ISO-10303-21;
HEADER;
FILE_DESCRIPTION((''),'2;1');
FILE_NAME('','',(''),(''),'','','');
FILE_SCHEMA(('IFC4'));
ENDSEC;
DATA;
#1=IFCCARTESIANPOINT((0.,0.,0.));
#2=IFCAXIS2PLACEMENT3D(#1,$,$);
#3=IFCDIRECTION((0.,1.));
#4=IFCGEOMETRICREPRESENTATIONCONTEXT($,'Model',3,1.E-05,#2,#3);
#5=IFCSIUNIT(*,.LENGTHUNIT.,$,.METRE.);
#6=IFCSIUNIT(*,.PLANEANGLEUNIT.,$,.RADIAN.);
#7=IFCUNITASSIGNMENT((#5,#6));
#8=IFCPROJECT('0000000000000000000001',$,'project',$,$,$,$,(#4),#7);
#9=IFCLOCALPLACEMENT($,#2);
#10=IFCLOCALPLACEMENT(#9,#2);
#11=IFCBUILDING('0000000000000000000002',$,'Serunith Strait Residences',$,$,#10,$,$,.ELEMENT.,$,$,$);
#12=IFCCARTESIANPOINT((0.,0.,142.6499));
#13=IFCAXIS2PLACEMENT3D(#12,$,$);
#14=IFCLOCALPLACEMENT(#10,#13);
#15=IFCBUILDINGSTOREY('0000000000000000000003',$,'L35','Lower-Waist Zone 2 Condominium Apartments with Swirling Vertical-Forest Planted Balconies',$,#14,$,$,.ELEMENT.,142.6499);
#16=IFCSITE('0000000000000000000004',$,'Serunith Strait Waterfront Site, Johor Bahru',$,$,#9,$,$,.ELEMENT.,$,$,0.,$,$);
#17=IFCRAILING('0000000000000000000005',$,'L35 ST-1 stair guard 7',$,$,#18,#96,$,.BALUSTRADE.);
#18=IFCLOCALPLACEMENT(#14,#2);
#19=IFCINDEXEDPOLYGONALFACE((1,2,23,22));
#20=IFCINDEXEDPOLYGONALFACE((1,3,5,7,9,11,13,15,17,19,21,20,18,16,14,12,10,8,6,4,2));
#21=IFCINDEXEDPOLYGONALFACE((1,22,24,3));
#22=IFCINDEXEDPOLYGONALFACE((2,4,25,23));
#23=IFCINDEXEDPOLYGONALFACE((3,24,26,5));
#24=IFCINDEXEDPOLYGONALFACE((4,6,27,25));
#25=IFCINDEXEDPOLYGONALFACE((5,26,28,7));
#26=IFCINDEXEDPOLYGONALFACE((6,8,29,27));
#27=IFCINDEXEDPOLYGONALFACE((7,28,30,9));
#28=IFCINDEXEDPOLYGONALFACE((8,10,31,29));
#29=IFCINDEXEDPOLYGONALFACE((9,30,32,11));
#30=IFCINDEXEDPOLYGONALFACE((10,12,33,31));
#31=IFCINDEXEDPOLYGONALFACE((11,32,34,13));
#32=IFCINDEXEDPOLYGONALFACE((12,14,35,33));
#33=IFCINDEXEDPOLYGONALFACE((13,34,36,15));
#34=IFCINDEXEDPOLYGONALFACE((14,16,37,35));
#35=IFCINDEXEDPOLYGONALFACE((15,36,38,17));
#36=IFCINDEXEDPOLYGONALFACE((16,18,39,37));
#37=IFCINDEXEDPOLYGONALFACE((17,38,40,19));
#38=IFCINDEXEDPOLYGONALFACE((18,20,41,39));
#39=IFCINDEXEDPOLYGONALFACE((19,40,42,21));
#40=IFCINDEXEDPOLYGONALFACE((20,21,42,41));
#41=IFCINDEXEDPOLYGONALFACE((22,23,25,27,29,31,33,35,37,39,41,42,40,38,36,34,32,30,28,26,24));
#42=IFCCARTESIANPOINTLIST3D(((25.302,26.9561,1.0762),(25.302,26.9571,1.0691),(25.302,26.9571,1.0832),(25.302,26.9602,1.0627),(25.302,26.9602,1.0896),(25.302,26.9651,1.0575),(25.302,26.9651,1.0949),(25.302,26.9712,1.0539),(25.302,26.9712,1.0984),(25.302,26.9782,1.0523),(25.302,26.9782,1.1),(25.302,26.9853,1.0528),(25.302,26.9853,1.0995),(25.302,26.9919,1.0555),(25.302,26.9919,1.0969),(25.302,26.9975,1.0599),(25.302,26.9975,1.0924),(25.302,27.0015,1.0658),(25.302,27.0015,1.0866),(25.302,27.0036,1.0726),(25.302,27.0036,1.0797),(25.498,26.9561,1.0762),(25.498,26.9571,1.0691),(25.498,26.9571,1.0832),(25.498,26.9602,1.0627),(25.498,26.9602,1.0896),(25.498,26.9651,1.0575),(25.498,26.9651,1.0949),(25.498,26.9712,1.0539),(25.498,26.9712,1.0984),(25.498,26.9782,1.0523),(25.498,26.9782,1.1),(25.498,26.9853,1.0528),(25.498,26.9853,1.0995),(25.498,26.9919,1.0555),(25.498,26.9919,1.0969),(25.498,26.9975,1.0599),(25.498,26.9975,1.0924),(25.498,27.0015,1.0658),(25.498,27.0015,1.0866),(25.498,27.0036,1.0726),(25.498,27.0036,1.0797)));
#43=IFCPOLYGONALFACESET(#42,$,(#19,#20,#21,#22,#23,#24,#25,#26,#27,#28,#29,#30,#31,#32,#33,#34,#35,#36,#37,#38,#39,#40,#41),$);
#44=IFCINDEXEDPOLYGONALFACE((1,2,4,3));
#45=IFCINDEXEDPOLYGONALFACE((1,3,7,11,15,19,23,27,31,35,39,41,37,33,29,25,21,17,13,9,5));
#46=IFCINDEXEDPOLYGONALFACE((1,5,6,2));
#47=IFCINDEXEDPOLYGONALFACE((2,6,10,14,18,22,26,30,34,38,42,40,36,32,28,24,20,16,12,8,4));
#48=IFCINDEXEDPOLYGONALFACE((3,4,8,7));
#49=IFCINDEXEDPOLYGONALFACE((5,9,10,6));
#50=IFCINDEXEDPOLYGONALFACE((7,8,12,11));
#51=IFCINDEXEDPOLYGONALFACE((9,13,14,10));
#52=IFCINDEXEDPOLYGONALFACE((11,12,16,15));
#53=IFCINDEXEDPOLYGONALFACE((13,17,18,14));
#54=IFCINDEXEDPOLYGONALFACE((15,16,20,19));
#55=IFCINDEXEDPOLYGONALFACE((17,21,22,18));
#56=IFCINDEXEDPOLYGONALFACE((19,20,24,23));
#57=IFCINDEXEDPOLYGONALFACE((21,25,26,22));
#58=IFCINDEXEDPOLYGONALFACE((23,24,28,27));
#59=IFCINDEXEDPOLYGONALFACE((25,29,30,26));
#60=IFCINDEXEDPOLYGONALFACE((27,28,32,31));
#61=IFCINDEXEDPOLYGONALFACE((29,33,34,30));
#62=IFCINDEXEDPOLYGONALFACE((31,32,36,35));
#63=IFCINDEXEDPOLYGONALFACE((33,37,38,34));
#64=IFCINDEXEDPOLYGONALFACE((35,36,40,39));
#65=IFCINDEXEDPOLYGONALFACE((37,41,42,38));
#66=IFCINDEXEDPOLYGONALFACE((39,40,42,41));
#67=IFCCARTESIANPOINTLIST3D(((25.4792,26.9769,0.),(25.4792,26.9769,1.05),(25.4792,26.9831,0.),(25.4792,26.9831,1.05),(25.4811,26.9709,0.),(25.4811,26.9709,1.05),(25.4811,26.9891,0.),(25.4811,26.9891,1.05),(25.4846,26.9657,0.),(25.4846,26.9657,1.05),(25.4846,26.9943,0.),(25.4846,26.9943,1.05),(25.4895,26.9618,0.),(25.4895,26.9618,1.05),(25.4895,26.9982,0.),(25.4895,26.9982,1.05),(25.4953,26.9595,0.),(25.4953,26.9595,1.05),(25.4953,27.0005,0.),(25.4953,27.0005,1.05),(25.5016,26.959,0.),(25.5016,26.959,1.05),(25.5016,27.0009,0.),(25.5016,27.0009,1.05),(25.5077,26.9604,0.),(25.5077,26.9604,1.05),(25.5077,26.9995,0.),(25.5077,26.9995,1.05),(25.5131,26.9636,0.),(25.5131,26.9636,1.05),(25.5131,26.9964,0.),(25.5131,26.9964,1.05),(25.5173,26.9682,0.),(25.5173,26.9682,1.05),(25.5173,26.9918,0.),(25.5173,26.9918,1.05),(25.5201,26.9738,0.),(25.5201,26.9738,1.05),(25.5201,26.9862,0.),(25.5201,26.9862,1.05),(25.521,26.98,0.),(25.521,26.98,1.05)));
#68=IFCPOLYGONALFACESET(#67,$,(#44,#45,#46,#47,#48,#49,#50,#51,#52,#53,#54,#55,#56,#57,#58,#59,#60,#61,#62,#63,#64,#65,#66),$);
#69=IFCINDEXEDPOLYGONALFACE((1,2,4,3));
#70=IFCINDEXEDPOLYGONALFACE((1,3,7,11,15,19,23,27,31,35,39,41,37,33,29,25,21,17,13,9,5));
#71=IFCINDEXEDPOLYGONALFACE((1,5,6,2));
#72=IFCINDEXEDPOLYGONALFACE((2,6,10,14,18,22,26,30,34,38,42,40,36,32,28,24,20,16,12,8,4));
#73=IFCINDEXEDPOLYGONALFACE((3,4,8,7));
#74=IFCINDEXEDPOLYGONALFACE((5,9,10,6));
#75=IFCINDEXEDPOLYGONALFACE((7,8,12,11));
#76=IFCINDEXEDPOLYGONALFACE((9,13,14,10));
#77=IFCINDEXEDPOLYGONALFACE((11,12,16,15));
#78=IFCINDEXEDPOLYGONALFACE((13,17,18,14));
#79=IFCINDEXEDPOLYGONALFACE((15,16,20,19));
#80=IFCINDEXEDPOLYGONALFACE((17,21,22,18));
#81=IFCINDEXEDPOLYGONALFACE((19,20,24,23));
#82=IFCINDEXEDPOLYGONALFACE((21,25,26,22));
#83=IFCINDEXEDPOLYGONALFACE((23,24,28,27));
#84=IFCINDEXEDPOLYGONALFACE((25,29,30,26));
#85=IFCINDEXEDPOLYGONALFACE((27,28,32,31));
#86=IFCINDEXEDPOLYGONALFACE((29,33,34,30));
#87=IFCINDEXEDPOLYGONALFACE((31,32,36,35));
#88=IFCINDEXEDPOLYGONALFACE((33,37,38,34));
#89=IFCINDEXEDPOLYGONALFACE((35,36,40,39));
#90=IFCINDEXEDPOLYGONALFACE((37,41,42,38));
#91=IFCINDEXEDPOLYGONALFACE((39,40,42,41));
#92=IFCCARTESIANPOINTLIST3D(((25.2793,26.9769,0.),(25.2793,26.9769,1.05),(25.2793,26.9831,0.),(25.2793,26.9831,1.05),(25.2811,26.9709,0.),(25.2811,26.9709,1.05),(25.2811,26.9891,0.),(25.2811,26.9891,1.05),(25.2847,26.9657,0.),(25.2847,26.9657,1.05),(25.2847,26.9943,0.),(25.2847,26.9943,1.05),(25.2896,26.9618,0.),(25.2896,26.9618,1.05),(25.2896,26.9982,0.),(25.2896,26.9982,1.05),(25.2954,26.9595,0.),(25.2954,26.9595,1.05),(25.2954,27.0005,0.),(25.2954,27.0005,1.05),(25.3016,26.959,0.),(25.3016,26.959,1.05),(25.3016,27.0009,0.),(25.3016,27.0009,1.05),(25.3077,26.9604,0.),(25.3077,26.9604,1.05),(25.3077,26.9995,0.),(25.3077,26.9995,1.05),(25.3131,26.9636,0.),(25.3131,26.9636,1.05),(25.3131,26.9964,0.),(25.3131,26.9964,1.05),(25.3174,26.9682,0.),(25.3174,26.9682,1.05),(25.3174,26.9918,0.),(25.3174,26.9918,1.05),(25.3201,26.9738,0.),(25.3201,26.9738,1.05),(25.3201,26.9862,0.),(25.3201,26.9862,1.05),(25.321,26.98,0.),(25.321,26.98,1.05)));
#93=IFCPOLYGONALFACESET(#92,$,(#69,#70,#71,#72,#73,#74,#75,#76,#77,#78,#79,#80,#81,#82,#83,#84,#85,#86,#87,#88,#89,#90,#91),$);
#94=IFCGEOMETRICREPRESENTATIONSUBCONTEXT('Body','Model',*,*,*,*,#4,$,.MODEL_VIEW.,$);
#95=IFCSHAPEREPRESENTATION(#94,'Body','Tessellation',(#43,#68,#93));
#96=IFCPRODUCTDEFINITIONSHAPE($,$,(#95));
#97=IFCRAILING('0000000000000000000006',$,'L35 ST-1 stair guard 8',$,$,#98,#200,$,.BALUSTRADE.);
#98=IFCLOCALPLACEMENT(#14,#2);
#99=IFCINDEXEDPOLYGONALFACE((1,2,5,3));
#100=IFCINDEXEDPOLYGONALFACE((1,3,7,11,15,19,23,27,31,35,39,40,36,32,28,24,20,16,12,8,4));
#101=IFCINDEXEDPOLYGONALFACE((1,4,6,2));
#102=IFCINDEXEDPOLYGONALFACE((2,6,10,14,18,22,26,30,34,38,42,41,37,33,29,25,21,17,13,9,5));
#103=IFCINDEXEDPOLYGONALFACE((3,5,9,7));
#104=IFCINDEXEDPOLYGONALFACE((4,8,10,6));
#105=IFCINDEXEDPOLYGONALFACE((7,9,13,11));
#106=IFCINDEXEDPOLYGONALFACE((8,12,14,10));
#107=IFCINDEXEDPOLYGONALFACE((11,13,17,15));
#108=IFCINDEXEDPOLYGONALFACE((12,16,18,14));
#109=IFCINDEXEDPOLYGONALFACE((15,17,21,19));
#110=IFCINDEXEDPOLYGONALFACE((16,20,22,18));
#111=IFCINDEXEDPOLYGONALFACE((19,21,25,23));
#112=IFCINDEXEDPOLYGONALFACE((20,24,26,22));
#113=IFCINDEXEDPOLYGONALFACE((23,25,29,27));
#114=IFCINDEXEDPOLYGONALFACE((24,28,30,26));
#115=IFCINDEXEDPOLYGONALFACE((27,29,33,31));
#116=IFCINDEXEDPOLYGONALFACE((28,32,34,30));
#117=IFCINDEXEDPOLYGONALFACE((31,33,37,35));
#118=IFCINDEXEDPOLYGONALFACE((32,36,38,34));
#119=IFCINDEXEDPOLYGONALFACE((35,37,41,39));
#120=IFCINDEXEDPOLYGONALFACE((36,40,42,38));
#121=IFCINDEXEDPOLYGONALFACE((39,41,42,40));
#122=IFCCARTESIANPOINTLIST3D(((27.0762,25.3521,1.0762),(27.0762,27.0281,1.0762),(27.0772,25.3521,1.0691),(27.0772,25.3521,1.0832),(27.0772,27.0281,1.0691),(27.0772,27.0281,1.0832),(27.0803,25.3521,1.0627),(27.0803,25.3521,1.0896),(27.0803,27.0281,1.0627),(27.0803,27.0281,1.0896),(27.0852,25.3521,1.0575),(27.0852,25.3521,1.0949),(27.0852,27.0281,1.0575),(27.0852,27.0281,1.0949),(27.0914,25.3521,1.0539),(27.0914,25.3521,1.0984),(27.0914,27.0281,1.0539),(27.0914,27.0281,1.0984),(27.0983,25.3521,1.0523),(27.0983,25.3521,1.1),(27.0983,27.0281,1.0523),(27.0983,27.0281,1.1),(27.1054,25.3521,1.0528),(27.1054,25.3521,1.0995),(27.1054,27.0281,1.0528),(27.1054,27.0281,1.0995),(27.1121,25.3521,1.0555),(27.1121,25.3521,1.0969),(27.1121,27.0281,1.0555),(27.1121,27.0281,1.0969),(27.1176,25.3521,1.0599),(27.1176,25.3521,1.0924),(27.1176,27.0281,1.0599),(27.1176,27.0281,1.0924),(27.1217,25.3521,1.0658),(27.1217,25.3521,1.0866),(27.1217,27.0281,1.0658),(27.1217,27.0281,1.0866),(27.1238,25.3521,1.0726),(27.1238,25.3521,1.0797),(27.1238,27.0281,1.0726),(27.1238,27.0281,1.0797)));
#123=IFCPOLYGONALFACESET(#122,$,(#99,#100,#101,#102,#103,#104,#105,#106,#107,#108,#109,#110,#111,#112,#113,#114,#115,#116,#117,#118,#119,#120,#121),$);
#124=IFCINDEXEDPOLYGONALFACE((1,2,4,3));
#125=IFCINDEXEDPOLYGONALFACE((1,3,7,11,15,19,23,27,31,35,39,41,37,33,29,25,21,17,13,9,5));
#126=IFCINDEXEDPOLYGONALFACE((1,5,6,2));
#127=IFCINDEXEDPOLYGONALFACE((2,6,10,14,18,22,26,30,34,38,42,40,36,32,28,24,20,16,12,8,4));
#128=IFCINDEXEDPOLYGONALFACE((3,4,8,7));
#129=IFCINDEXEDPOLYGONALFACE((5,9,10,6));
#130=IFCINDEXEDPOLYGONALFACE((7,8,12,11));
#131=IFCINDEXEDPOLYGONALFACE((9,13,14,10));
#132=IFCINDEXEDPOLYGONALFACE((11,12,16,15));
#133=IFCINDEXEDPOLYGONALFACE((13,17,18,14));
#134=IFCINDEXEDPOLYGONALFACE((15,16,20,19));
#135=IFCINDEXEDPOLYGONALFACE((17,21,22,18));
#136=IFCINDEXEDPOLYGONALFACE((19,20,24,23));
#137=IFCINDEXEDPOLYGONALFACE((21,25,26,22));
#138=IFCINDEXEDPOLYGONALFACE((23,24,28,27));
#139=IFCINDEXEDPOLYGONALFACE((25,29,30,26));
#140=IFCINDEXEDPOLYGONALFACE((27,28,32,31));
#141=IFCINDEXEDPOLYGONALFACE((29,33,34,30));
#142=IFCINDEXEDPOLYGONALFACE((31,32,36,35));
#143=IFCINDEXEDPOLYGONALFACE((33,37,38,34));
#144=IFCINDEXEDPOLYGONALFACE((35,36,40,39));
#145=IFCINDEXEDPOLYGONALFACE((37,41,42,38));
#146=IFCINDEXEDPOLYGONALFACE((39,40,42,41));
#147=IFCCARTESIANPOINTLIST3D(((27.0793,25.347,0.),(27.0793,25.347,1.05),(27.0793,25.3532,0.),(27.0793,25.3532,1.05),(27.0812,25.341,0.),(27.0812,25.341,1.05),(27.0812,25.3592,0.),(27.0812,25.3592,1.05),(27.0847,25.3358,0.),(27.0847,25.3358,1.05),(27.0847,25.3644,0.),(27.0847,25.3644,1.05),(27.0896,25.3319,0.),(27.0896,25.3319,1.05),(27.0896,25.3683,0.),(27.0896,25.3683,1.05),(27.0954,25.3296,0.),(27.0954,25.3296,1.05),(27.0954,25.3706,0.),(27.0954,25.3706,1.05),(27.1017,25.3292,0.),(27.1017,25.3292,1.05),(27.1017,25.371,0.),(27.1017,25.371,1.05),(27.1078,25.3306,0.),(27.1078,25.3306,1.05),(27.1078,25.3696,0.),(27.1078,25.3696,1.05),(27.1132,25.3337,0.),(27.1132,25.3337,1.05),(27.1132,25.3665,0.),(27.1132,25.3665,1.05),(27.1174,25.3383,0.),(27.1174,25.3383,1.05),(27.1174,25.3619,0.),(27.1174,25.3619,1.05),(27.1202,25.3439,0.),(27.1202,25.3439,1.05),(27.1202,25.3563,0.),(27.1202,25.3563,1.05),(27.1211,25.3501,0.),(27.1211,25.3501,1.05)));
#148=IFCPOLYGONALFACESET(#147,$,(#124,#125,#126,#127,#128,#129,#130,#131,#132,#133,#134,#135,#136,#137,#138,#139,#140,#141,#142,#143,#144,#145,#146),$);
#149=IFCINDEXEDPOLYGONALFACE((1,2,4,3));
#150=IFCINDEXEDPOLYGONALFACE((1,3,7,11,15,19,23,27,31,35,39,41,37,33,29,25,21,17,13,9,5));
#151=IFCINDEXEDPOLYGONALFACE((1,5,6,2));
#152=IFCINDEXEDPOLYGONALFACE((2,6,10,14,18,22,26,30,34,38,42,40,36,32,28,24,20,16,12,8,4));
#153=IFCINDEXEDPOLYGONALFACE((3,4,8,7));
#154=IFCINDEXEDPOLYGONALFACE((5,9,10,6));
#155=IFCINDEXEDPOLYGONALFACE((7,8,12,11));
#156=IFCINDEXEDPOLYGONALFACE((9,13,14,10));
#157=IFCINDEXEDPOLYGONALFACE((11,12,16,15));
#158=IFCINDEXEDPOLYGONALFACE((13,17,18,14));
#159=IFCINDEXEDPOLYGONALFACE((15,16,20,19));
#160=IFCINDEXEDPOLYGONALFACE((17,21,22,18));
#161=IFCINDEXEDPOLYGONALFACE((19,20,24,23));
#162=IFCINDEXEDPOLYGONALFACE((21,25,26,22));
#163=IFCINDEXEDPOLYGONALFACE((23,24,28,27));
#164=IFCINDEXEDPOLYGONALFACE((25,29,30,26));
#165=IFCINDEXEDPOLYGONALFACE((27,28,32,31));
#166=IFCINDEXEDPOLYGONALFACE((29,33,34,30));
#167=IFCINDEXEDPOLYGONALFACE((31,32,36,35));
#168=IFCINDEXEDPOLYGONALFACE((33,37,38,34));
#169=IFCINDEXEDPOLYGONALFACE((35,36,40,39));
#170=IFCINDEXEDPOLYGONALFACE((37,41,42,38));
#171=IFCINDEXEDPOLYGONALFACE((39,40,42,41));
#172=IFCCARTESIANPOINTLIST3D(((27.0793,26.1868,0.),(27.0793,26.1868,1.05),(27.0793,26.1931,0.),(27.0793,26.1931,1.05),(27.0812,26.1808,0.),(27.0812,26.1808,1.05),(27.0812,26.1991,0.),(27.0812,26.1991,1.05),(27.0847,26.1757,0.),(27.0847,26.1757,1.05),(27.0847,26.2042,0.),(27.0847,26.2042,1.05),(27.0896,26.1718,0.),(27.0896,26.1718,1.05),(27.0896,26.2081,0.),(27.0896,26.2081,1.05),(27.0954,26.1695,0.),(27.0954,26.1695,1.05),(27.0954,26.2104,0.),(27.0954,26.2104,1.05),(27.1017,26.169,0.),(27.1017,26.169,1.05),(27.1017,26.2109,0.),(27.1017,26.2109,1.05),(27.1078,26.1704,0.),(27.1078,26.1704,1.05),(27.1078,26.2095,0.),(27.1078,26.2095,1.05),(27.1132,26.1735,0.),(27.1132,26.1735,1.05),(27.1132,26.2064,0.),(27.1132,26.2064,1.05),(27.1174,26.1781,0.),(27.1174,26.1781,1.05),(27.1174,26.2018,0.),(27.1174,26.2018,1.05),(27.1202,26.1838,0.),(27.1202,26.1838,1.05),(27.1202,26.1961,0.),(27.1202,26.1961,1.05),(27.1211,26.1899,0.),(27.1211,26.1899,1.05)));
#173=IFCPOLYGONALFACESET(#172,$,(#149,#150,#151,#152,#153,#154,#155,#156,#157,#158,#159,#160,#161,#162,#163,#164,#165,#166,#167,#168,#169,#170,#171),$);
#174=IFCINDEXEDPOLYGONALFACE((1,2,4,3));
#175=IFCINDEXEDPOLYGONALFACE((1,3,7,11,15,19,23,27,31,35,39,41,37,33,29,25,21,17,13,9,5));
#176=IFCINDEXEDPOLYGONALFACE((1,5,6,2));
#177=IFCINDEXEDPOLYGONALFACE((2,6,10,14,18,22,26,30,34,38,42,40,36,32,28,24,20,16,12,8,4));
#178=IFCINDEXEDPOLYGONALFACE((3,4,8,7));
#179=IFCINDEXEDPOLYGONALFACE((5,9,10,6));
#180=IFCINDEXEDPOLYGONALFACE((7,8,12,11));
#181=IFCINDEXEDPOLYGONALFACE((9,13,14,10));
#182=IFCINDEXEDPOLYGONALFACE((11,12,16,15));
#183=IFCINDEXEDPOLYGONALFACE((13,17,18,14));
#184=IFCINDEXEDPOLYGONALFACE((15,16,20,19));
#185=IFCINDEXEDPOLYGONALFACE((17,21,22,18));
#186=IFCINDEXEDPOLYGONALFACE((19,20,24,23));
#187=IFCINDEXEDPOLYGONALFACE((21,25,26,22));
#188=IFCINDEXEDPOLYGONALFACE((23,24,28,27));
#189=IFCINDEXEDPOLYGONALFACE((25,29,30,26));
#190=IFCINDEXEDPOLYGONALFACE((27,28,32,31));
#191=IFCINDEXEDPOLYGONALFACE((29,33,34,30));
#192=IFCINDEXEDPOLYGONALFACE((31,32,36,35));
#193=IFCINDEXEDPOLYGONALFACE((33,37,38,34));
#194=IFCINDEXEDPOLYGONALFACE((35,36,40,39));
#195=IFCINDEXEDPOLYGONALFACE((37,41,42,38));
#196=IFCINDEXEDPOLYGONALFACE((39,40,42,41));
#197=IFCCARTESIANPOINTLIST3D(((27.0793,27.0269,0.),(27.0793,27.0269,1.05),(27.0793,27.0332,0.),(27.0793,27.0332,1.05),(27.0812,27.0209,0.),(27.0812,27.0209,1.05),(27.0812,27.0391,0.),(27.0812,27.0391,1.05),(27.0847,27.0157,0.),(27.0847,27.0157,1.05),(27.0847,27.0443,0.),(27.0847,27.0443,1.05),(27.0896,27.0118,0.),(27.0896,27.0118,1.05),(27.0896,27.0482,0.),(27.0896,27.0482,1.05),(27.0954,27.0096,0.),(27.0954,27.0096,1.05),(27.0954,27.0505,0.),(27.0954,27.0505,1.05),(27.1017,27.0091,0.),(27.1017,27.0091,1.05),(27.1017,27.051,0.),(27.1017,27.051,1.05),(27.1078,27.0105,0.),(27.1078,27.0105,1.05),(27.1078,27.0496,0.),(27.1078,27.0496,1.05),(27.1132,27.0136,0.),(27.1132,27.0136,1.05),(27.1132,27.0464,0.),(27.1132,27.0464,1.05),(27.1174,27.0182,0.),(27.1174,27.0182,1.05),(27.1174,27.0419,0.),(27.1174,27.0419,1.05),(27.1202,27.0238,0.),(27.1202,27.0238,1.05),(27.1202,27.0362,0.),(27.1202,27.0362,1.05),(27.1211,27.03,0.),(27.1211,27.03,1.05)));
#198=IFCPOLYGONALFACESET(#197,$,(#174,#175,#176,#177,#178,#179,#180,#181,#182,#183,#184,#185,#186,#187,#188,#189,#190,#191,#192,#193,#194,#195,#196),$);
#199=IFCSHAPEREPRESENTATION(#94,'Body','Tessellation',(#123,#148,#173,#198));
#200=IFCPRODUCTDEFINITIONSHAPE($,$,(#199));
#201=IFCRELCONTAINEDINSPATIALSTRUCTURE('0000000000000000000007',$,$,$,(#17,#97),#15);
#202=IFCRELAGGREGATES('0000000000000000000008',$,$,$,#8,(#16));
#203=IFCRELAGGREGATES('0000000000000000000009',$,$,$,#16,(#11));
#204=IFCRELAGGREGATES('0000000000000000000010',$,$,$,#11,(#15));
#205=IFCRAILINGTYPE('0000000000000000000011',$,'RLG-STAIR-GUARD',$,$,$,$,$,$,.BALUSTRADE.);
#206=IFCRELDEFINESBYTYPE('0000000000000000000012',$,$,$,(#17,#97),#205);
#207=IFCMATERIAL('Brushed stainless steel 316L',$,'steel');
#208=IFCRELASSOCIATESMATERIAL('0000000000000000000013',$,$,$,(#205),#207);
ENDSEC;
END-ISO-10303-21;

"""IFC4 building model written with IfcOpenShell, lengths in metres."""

from ifc_helpers import new_model, si_unit, direction, frame, origin, origin_2d, place, context, subcontext, project, spatial, circle, extrude, material, type_object, element, save


model = new_model("IFC4")

# Units and contexts
model_context = context("Model", 3, precision=1e-05, world=origin(), true_north=direction((0.0, 1.0)))
body_context = subcontext(model_context, "Body", "Model", "MODEL_VIEW")
ifc_project = project(units=[si_unit("LENGTHUNIT", "METRE"), si_unit("PLANEANGLEUNIT", "RADIAN")], contexts=[model_context])

# Site, building, storey
site_placement = place(None, origin())
site = spatial("IfcSite", under=ifc_project, at=site_placement, Name="Serunith Strait Waterfront Site, Johor Bahru", CompositionType="ELEMENT", RefElevation=0.0)
building_placement = place(site_placement, origin())
building = spatial("IfcBuilding", under=site, at=building_placement, Name="Serunith Strait Residences", CompositionType="ELEMENT")
storey_placement = place(building_placement, frame((0.0, 0.0, 142.6499)))
storey = spatial("IfcBuildingStorey", under=building, at=storey_placement, Name="L35", Description="Lower-Waist Zone 2 Condominium Apartments with Swirling Vertical-Forest Planted Balconies", CompositionType="ELEMENT", Elevation=142.6499)

# Railings
ifc_material_1 = material(Name="Brushed stainless steel 316L", Category="steel")
railing_type_1 = type_object("IfcRailingType", Name="RLG-STAIR-GUARD", PredefinedType="BALUSTRADE", material=ifc_material_1)
railing_1_placement = place(storey_placement, frame((25.5, 26.98, 0.0)))
element("IfcRailing", 1, at=railing_1_placement, inside=storey, type_object=railing_type_1, Name="L35 ST-1 stair guard 7", PredefinedType="BALUSTRADE", context=body_context, shape_type="SweptSolid", body=[
    extrude(circle(Radius=0.0239, at=origin_2d()), frame((-0.002, 0.0, 1.0762), z_axis=(-1.0, 0.0, 0.0), x_axis=(0.0, -1.0, 0.0)), (0.0, 0.0, 1.0), 0.196),
    extrude(circle(Radius=0.021, at=origin_2d()), origin(), (0.0, 0.0, 1.0), 1.05),
    extrude(circle(Radius=0.021, at=origin_2d()), frame((-0.2, 0.0, 0.0)), (0.0, 0.0, 1.0), 1.05),
])
for number, where, name in (
    (2, (27.1001, 25.3501, 0.0), "L35 ST-1 stair guard 8"),
):
    element("IfcRailing", number, at=place(storey_placement, frame(where)), inside=storey, type_object=railing_type_1, Name=name, PredefinedType="BALUSTRADE", context=body_context, shape_type="SweptSolid", body=[
        extrude(circle(Radius=0.0239, at=origin_2d()), frame((0.0, 0.002, 1.0762), z_axis=(0.0, 1.0, 0.0), x_axis=(-1.0, 0.0, 0.0)), (0.0, 0.0, 1.0), 1.676),
        extrude(circle(Radius=0.021, at=origin_2d()), origin(), (0.0, 0.0, 1.0), 1.05),
        extrude(circle(Radius=0.021, at=origin_2d()), frame((0.0, 0.8398, 0.0)), (0.0, 0.0, 1.0), 1.05),
        extrude(circle(Radius=0.021, at=origin_2d()), frame((0.0, 1.6799, 0.0)), (0.0, 0.0, 1.0), 1.05),
    ])

save(model, "model.ifc")
